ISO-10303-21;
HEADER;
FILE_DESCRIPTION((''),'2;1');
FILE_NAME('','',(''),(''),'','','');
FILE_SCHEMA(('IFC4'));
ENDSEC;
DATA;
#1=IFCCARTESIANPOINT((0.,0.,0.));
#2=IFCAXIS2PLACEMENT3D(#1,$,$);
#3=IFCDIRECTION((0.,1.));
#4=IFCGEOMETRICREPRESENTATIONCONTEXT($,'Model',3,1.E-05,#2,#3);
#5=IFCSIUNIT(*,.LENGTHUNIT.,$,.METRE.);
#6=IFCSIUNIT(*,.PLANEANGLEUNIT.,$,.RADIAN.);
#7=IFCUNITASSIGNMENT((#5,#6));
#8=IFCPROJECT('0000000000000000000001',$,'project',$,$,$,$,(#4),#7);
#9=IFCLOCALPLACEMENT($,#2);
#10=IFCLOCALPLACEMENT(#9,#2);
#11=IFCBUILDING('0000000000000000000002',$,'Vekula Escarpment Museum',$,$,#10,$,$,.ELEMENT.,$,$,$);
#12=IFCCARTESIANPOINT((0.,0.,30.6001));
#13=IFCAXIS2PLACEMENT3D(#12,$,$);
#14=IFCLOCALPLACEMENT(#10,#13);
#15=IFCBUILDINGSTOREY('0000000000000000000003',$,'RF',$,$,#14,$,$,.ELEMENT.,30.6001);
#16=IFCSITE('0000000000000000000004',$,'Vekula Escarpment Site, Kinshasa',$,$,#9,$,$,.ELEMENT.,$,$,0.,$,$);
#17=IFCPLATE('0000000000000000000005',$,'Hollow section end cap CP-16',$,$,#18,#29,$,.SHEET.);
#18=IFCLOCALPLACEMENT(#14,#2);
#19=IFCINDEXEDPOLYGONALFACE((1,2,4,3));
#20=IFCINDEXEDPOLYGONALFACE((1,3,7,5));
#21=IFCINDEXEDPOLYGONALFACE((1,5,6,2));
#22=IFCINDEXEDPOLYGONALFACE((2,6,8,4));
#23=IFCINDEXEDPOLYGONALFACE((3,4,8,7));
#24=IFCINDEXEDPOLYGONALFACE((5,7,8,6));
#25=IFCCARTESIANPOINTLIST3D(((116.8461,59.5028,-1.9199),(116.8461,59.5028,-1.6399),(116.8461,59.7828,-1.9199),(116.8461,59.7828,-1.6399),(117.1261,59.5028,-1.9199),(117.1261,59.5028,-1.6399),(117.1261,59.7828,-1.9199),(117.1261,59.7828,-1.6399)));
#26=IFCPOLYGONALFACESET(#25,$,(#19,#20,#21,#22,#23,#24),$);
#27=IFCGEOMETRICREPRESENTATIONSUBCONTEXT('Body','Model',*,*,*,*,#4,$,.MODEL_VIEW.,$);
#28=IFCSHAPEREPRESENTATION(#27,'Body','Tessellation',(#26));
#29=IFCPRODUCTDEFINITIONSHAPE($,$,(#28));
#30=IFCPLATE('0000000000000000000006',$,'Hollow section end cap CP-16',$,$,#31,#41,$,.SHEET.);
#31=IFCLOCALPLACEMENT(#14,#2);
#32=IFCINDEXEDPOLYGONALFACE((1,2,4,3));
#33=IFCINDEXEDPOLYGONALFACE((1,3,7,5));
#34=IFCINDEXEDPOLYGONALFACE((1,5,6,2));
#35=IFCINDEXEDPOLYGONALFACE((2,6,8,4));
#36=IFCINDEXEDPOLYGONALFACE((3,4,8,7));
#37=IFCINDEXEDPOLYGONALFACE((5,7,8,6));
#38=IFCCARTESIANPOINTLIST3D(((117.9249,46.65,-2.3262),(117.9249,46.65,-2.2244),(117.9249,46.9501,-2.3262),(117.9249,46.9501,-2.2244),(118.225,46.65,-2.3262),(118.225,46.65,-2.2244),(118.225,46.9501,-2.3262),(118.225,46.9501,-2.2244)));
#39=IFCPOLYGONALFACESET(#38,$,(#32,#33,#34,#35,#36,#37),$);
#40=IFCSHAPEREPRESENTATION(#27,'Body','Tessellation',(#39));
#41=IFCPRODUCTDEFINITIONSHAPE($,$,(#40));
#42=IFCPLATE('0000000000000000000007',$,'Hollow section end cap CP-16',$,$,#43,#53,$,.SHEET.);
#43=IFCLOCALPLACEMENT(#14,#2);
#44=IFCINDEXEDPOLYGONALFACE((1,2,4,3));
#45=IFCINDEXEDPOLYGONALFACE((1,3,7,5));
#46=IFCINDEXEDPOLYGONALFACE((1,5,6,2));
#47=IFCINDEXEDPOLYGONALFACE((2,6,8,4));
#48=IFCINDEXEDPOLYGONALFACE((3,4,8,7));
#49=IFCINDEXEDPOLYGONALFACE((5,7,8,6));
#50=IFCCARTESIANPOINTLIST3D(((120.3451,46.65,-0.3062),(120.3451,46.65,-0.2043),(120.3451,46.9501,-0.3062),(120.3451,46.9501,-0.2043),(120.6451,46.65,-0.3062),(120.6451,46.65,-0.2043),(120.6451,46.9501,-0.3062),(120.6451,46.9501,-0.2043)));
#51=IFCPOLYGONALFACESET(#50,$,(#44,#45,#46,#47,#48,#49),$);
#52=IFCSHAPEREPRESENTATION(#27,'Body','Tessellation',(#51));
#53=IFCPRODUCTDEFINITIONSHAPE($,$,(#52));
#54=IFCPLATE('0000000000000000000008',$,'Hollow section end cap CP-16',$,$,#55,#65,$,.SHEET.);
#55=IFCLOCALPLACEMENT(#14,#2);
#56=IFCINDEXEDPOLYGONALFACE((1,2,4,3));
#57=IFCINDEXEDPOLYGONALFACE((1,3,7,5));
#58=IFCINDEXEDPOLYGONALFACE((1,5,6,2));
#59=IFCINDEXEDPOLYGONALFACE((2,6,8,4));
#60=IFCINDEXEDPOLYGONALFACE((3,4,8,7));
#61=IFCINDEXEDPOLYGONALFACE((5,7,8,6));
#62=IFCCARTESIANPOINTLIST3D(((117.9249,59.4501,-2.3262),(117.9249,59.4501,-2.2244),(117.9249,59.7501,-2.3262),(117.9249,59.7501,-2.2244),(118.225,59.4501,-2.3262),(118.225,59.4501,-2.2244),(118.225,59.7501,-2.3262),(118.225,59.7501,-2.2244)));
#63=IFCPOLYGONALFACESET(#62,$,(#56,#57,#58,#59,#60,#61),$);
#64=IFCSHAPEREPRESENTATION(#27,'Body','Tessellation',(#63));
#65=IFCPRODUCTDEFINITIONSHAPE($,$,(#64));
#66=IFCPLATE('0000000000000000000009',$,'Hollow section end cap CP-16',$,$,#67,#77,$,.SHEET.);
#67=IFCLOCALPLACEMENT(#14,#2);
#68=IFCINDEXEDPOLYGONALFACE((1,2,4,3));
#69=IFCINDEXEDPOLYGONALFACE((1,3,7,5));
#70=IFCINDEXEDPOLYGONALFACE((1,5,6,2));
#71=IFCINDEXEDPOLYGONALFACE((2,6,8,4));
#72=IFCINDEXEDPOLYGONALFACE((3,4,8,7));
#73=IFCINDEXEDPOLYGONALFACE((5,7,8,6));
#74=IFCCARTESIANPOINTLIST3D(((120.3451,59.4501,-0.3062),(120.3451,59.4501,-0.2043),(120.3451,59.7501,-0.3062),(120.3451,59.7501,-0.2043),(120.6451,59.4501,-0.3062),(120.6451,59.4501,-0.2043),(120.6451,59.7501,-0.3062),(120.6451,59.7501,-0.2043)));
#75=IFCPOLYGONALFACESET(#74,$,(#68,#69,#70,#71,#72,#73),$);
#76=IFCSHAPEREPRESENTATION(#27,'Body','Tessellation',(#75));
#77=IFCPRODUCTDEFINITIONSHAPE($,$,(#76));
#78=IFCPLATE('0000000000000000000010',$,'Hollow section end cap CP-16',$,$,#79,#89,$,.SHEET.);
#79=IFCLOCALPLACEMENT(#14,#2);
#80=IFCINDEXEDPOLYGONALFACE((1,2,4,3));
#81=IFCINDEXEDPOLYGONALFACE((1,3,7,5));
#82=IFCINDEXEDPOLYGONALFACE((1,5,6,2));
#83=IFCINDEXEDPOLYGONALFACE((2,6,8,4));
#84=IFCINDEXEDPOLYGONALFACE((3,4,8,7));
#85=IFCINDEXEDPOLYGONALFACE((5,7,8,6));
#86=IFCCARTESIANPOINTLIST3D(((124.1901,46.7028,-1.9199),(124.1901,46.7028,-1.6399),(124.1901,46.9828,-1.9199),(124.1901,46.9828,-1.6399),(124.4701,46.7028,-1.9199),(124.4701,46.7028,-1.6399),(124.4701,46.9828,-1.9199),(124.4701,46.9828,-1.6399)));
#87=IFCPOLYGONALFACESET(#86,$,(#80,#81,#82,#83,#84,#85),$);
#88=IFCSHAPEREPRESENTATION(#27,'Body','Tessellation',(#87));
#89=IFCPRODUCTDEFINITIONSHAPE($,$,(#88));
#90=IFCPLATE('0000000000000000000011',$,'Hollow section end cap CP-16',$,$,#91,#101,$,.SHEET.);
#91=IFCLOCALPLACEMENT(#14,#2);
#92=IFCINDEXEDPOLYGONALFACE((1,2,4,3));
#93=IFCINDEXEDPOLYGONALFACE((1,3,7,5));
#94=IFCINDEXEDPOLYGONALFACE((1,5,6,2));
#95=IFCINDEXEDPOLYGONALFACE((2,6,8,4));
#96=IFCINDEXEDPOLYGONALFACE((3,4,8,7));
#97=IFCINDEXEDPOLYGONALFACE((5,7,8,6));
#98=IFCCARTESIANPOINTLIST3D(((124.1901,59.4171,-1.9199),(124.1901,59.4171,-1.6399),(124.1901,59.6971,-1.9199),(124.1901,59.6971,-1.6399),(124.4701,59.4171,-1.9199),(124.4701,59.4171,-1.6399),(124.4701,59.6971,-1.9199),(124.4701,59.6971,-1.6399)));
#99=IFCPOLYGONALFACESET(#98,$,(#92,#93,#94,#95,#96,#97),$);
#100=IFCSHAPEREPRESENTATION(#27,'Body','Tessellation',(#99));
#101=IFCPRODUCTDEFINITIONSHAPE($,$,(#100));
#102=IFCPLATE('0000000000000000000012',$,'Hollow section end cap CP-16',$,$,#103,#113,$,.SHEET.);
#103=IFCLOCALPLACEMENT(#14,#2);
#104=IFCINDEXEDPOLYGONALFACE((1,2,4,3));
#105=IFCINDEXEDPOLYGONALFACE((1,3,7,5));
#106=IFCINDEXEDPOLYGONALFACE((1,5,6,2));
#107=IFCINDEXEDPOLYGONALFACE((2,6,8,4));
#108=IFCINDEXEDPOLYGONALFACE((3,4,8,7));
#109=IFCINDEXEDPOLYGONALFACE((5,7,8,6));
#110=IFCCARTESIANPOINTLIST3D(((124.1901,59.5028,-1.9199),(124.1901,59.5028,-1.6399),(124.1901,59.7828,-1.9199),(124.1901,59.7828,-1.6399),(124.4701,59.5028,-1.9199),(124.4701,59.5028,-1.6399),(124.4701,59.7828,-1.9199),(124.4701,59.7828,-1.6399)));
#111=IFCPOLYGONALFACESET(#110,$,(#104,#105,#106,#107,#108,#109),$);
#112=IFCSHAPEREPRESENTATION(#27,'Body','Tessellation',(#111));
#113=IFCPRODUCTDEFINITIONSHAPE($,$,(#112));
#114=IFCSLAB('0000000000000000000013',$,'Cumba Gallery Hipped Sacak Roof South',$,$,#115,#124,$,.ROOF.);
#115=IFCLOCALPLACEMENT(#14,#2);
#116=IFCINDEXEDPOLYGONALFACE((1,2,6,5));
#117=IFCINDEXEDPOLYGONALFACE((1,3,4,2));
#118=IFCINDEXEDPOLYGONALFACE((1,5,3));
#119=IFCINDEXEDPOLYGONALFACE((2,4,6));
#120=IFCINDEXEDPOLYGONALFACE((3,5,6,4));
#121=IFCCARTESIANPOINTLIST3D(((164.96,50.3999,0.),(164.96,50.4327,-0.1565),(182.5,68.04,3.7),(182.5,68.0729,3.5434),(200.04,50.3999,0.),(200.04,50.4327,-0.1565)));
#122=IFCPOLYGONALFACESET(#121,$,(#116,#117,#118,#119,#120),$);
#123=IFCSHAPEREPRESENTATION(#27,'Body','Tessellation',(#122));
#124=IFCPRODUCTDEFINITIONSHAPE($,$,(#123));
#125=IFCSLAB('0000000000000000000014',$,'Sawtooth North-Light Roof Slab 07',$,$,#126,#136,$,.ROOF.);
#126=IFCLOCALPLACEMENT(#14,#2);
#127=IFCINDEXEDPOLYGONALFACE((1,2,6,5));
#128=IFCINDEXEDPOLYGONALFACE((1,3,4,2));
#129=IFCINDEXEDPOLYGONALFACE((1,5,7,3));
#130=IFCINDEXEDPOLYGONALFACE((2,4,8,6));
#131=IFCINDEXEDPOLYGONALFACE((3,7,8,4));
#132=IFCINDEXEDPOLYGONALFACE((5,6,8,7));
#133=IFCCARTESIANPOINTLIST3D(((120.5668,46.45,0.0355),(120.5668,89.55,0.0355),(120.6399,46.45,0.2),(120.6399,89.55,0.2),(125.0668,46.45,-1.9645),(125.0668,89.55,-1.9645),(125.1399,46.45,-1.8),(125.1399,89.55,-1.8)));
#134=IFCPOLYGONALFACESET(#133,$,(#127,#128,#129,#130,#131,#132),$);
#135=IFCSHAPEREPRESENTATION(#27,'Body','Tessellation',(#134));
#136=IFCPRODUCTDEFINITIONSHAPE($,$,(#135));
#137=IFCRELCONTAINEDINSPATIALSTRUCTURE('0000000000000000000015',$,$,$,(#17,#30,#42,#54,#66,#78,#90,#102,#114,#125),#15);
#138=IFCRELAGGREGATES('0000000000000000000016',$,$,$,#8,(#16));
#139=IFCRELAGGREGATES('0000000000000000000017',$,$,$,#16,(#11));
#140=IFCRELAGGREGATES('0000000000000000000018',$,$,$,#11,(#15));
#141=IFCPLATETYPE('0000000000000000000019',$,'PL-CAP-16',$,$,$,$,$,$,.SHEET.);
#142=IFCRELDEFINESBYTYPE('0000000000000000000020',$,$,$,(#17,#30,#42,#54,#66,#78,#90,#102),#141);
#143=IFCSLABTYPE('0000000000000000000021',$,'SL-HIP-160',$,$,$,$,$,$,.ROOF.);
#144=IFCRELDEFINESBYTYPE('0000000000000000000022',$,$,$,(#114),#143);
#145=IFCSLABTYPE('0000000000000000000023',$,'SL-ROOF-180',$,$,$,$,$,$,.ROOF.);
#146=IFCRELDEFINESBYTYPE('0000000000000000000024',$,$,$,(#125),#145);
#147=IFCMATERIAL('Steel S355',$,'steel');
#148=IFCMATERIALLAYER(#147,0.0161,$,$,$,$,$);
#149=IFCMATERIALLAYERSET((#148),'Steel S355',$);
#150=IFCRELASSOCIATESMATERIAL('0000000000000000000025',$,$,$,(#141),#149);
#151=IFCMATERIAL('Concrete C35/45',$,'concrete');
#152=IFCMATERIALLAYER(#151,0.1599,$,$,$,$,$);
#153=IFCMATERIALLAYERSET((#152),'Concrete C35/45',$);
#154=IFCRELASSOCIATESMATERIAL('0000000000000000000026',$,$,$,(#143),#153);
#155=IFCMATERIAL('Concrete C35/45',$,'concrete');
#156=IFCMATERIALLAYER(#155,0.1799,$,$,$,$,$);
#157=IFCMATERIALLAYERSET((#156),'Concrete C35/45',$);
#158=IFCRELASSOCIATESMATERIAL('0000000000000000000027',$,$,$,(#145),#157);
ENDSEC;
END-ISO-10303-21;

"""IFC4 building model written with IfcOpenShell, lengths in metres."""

from ifc_helpers import new_model, si_unit, direction, frame, origin, origin_2d, place, context, subcontext, project, spatial, polyline, rectangle, outline, extrude, material, layer, layer_set, type_object, element, save


model = new_model("IFC4")

# Units and contexts
model_context = context("Model", 3, precision=1e-05, world=origin(), true_north=direction((0.0, 1.0)))
body_context = subcontext(model_context, "Body", "Model", "MODEL_VIEW")
ifc_project = project(units=[si_unit("LENGTHUNIT", "METRE"), si_unit("PLANEANGLEUNIT", "RADIAN")], contexts=[model_context])

# Site, building, storey
site_placement = place(None, origin())
site = spatial("IfcSite", under=ifc_project, at=site_placement, Name="Vekula Escarpment Site, Kinshasa", CompositionType="ELEMENT", RefElevation=0.0)
building_placement = place(site_placement, origin())
building = spatial("IfcBuilding", under=site, at=building_placement, Name="Vekula Escarpment Museum", CompositionType="ELEMENT")
storey_placement = place(building_placement, frame((0.0, 0.0, 30.6001)))
storey = spatial("IfcBuildingStorey", under=building, at=storey_placement, Name="RF", CompositionType="ELEMENT", Elevation=30.6001)

# Plates
ifc_material_1 = material(Name="Steel S355", Category="steel")
ifc_layer_1 = layer(ifc_material_1, 0.0161)
ifc_layer_set_1 = layer_set([ifc_layer_1], Name="Steel S355")
plate_type = type_object("IfcPlateType", Name="PL-CAP-16", PredefinedType="SHEET", material=ifc_layer_set_1)
for number, where, z_axis, x_axis, name in (
    (1, (116.9861, 59.6428, -1.9199), (0.0, 0.0, 1.0), (1.0, 0.0, 0.0), "Hollow section end cap CP-16"),
):
    element("IfcPlate", number, at=place(storey_placement, frame(where, z_axis=z_axis, x_axis=x_axis)), inside=storey, type_object=plate_type, Name=name, PredefinedType="SHEET", context=body_context, shape_type="SweptSolid", body=[
        extrude(rectangle(XDim=0.28, YDim=0.28, at=origin_2d()), origin(), (0.0, 0.0, 1.0), 0.28),
    ])
for number, where, z_axis, x_axis, name in (
    (2, (118.075, 46.8, -2.3262), (0.0, 0.0, 1.0), (1.0, 0.0, 0.0), "Hollow section end cap CP-16"),
    (3, (120.4951, 46.8, -0.3062), (0.0, 0.0, 1.0), (1.0, 0.0, 0.0), "Hollow section end cap CP-16"),
    (4, (118.075, 59.6001, -2.3262), (0.0, 0.0, 1.0), (1.0, 0.0, 0.0), "Hollow section end cap CP-16"),
    (5, (120.4951, 59.6001, -0.3062), (0.0, 0.0, 1.0), (1.0, 0.0, 0.0), "Hollow section end cap CP-16"),
):
    element("IfcPlate", number, at=place(storey_placement, frame(where, z_axis=z_axis, x_axis=x_axis)), inside=storey, type_object=plate_type, Name=name, PredefinedType="SHEET", context=body_context, shape_type="SweptSolid", body=[
        extrude(rectangle(XDim=0.3, YDim=0.3, at=origin_2d()), origin(), (0.0, 0.0, 1.0), 0.1018),
    ])
for number, where, z_axis, x_axis, name in (
    (6, (124.3301, 46.8428, -1.9199), (0.0, 0.0, 1.0), (1.0, 0.0, 0.0), "Hollow section end cap CP-16"),
    (7, (124.3301, 59.5571, -1.9199), (0.0, 0.0, 1.0), (1.0, 0.0, 0.0), "Hollow section end cap CP-16"),
    (8, (124.3301, 59.6428, -1.9199), (0.0, 0.0, 1.0), (1.0, 0.0, 0.0), "Hollow section end cap CP-16"),
):
    element("IfcPlate", number, at=place(storey_placement, frame(where, z_axis=z_axis, x_axis=x_axis)), inside=storey, type_object=plate_type, Name=name, PredefinedType="SHEET", context=body_context, shape_type="SweptSolid", body=[
        extrude(rectangle(XDim=0.28, YDim=0.28, at=origin_2d()), origin(), (0.0, 0.0, 1.0), 0.28),
    ])

# Slabs
ifc_material_2 = material(Name="Concrete C35/45", Category="concrete")
ifc_layer_2 = layer(ifc_material_2, 0.1599)
ifc_layer_set_2 = layer_set([ifc_layer_2], Name="Concrete C35/45")
slab_type_1 = type_object("IfcSlabType", Name="SL-HIP-160", PredefinedType="ROOF", material=ifc_layer_set_2)
slab_1_placement = place(storey_placement, frame((164.96, 50.3999, 0.0), z_axis=(0.0, -0.205279, 0.978703), x_axis=(1.0, 0.0, 0.0)))
element("IfcSlab", 9, at=slab_1_placement, inside=storey, type_object=slab_type_1, Name="Cumba Gallery Hipped Sacak Roof South", PredefinedType="ROOF", context=body_context, shape_type="SweptSolid", body=[
    extrude(outline(polyline([(0.0, 0.0), (35.0801, 0.0), (17.54, 18.024), (0.0, 0.0)])), origin(), (0.0, 0.0, -1.0), 0.1599),
])
ifc_material_3 = material(Name="Concrete C35/45", Category="concrete")
ifc_layer_3 = layer(ifc_material_3, 0.1799)
ifc_layer_set_3 = layer_set([ifc_layer_3], Name="Concrete C35/45")
slab_type_2 = type_object("IfcSlabType", Name="SL-ROOF-180", PredefinedType="ROOF", material=ifc_layer_set_3)
slab_2_placement = place(storey_placement, frame((120.6399, 46.45, 0.2), z_axis=(0.406138, 0.0, 0.913812), x_axis=(0.913812, 0.0, -0.406138)))
element("IfcSlab", 10, at=slab_2_placement, inside=storey, type_object=slab_type_2, Name="Sawtooth North-Light Roof Slab 07", PredefinedType="ROOF", context=body_context, shape_type="SweptSolid", body=[
    extrude(outline(polyline([(0.0, 0.0), (4.9244, 0.0), (4.9244, 43.1001), (0.0, 43.1001), (0.0, 0.0)])), origin(), (0.0, 0.0, -1.0), 0.1799),
])

save(model, "model.ifc")
